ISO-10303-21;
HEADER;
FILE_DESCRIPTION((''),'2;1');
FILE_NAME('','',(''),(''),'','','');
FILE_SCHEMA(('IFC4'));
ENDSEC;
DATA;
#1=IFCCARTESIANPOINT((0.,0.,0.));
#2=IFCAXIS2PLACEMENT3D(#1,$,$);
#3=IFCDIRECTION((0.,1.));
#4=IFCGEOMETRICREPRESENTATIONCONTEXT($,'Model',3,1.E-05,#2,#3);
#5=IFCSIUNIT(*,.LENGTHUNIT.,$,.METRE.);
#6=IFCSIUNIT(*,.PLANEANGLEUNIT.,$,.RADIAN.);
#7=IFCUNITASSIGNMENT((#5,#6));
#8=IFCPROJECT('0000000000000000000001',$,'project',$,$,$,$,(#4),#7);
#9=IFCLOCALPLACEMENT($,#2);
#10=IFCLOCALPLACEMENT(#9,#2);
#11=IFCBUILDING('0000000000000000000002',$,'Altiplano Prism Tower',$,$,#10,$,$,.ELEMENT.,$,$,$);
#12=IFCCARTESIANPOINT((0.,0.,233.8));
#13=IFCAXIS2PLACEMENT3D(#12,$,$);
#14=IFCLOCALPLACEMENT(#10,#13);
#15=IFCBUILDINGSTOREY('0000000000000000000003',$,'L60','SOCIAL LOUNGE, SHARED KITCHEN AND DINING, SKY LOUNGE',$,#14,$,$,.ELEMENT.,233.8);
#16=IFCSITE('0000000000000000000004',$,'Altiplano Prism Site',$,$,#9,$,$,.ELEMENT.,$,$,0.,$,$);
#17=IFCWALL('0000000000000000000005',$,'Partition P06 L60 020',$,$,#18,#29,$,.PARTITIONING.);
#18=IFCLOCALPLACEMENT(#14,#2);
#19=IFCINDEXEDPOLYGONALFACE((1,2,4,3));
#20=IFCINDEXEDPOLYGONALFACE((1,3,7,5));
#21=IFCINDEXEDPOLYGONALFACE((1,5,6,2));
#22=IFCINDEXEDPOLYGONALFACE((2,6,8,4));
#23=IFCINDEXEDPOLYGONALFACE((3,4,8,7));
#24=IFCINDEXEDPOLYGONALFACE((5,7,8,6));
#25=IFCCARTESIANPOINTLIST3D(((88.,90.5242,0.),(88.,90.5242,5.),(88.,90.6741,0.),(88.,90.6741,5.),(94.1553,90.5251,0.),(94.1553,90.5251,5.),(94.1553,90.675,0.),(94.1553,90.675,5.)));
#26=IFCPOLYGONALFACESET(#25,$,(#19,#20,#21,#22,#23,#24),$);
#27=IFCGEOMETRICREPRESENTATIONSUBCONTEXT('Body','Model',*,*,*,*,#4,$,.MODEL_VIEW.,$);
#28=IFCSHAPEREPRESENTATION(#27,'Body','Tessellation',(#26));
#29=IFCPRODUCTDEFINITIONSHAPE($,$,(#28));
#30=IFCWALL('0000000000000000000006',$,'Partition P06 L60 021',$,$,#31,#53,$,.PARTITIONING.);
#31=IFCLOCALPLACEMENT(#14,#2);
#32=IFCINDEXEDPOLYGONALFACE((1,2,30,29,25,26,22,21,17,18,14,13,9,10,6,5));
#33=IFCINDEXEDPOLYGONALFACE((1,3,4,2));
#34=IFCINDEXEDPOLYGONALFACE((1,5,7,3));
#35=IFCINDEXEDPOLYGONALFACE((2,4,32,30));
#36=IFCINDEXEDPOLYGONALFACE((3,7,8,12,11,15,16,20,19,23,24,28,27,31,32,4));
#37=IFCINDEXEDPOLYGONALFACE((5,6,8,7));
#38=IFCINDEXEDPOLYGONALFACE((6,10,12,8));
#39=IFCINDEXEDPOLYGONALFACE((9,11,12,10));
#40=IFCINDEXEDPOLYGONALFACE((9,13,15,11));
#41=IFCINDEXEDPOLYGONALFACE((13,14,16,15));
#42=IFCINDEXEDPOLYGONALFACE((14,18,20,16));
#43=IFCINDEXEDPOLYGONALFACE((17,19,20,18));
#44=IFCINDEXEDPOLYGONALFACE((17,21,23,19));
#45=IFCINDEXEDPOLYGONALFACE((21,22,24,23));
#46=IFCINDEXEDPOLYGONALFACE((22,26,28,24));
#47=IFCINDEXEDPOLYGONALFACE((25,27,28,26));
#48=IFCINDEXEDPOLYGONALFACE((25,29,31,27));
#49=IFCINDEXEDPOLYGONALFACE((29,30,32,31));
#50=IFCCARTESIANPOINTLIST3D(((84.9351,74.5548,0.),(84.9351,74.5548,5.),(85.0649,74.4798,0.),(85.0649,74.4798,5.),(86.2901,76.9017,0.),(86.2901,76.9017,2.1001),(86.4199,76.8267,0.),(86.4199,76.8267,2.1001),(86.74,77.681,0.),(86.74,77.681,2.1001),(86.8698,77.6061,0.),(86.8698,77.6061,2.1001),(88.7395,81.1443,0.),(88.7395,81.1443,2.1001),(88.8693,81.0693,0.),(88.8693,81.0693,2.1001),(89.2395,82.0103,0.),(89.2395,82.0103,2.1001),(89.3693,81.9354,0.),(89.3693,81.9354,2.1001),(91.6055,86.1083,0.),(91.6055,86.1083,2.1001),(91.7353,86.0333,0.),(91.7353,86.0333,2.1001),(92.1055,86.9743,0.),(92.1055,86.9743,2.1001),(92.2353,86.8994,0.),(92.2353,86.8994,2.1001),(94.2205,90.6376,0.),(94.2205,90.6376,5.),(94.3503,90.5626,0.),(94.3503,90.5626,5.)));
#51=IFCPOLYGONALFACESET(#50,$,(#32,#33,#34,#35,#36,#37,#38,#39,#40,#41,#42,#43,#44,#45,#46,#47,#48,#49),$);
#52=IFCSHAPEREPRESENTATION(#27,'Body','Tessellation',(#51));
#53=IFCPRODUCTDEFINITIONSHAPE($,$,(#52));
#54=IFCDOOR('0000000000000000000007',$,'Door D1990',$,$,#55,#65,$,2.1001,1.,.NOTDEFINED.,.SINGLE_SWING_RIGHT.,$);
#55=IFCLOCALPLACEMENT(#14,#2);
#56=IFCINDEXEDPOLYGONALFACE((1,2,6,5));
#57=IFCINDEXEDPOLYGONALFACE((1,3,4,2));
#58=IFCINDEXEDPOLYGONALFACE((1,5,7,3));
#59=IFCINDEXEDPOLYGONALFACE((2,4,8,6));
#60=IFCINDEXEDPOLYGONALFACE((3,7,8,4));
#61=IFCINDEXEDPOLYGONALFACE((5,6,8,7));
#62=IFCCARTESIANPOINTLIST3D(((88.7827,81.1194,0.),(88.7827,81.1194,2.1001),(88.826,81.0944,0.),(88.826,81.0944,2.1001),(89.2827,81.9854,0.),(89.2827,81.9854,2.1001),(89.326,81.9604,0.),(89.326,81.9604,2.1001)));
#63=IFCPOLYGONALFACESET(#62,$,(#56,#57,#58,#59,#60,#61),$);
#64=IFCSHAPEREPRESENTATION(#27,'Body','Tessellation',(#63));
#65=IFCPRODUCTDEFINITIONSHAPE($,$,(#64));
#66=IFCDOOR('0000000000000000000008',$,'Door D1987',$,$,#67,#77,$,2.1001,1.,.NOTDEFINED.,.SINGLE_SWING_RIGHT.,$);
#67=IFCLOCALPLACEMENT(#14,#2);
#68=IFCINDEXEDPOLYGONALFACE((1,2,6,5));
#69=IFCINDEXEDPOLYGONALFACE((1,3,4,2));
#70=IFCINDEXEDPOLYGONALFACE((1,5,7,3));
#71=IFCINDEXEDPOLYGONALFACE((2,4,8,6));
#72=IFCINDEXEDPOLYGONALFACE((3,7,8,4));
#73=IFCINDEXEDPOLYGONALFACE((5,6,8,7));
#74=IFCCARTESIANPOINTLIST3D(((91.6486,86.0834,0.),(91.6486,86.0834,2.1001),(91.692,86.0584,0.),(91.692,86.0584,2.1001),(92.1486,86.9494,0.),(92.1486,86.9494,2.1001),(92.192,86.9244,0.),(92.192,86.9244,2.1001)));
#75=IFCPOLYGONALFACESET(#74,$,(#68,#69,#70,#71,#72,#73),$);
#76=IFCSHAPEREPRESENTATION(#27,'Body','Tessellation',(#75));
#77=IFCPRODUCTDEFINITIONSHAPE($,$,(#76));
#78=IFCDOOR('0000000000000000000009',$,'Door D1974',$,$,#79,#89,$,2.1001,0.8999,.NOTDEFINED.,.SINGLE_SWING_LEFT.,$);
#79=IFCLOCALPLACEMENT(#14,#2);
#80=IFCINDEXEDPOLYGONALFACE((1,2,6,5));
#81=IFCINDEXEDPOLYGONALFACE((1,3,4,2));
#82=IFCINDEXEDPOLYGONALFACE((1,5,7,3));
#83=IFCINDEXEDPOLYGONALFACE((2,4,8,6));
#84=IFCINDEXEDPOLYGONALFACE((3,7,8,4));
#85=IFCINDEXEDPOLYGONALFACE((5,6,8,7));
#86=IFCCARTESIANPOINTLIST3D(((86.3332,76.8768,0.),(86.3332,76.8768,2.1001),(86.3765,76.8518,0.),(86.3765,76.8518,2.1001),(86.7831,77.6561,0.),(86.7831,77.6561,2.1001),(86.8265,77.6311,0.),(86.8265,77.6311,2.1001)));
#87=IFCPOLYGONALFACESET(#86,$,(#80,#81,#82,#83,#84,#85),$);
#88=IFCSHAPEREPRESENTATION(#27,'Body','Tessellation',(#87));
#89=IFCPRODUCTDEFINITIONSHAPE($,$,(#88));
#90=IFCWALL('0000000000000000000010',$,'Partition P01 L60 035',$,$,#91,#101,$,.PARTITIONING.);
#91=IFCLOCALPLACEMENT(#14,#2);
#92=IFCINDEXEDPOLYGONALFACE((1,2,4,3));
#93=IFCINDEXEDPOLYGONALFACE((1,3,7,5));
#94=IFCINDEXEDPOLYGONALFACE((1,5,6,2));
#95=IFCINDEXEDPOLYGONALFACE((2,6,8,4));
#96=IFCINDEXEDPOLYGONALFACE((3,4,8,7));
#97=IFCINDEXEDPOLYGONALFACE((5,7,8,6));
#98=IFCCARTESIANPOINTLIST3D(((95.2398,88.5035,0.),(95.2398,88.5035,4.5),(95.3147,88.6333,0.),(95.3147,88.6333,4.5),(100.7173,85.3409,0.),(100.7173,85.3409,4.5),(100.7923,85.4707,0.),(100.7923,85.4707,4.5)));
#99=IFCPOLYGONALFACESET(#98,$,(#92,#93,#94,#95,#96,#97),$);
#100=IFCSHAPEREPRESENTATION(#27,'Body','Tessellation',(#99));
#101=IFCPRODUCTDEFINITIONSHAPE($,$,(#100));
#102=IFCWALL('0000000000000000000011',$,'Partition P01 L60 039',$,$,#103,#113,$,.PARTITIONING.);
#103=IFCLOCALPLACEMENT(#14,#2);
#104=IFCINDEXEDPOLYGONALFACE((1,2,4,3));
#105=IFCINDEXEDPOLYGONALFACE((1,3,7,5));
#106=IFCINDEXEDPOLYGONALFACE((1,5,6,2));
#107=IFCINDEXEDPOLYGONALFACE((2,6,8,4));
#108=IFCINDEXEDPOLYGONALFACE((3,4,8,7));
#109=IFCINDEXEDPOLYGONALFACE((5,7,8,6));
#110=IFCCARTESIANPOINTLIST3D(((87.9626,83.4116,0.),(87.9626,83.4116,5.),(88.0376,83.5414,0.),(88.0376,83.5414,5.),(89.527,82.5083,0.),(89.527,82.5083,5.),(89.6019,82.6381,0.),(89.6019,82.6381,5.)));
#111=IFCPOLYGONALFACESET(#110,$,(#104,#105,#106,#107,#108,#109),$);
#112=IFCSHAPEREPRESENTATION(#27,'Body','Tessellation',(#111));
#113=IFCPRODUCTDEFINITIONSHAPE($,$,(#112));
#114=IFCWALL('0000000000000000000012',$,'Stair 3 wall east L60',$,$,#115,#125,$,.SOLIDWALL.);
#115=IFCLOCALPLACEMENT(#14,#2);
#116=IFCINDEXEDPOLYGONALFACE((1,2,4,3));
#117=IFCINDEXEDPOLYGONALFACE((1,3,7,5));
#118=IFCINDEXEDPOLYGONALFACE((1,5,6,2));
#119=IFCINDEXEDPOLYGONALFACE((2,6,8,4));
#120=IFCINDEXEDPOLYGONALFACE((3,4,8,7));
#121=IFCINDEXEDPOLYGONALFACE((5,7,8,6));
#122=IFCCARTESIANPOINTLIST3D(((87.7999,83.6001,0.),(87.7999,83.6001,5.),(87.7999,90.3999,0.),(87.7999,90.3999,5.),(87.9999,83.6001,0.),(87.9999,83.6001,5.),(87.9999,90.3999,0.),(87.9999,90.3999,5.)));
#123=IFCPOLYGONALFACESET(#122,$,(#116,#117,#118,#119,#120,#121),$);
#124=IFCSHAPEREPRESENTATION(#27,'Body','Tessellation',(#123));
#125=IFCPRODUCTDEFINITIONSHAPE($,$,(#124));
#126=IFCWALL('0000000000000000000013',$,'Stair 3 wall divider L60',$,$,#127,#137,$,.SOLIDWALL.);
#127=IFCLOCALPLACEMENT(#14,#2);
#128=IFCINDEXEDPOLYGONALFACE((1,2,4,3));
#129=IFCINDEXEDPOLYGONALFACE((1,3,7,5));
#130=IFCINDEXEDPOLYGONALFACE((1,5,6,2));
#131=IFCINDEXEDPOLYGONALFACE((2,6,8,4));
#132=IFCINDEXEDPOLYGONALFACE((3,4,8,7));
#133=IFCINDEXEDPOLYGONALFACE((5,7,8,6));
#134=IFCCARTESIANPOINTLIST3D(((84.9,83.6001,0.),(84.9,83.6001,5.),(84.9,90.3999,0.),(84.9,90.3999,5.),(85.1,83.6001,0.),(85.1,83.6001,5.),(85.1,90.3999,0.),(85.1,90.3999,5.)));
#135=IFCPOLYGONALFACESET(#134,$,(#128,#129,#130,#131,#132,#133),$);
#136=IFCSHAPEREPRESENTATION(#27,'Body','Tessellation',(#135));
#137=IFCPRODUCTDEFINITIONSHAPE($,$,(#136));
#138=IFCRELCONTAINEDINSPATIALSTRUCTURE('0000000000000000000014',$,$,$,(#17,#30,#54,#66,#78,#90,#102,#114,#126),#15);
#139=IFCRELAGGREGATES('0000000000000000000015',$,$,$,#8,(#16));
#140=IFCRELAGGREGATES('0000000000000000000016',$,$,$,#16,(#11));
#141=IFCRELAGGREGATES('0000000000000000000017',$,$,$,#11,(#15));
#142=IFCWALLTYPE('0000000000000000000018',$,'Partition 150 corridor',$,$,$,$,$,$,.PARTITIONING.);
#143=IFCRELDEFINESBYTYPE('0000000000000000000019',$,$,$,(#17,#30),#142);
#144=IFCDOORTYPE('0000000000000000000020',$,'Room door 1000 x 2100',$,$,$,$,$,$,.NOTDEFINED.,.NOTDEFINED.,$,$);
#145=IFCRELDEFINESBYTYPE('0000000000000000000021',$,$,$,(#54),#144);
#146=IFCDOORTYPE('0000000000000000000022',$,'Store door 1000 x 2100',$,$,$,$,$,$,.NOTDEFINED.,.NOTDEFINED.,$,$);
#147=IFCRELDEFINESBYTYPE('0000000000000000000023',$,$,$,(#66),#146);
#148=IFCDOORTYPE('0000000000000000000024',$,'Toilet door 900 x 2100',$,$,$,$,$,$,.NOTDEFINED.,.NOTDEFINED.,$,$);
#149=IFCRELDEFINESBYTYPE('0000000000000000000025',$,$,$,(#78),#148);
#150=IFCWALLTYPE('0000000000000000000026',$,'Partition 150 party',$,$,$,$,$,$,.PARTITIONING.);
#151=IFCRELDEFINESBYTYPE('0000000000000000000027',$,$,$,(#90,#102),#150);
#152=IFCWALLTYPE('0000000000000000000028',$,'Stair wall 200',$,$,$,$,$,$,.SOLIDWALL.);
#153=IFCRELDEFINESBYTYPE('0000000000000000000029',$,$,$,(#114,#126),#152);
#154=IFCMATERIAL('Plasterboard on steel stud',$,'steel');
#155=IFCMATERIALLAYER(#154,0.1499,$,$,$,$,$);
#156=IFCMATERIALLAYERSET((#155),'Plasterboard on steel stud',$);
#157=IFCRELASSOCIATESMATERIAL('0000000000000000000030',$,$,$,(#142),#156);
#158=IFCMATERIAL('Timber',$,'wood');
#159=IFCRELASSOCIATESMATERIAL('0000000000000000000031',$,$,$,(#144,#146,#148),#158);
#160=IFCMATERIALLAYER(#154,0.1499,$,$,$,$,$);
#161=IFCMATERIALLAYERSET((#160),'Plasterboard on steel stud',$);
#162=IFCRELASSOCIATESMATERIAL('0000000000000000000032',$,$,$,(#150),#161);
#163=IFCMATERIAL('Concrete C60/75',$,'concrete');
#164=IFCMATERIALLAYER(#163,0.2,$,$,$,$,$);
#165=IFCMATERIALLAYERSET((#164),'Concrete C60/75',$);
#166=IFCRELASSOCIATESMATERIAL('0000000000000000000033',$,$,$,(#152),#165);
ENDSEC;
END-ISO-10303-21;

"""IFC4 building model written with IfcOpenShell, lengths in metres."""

from ifc_helpers import new_model, si_unit, direction, frame, frame_2d, origin, place, context, subcontext, project, spatial, rectangle, extrude, material, layer, layer_set, type_object, element, fill, save


model = new_model("IFC4")

# Units and contexts
model_context = context("Model", 3, precision=1e-05, world=origin(), true_north=direction((0.0, 1.0)))
body_context = subcontext(model_context, "Body", "Model", "MODEL_VIEW")
ifc_project = project(units=[si_unit("LENGTHUNIT", "METRE"), si_unit("PLANEANGLEUNIT", "RADIAN")], contexts=[model_context])

# Site, building, storey
site_placement = place(None, origin())
site = spatial("IfcSite", under=ifc_project, at=site_placement, Name="Altiplano Prism Site", CompositionType="ELEMENT", RefElevation=0.0)
building_placement = place(site_placement, origin())
building = spatial("IfcBuilding", under=site, at=building_placement, Name="Altiplano Prism Tower", CompositionType="ELEMENT")
storey_placement = place(building_placement, frame((0.0, 0.0, 233.8)))
storey = spatial("IfcBuildingStorey", under=building, at=storey_placement, Name="L60", Description="SOCIAL LOUNGE, SHARED KITCHEN AND DINING, SKY LOUNGE", CompositionType="ELEMENT", Elevation=233.8)

# Shared definitions
ifc_material_1 = material(Name="Concrete C60/75", Category="concrete")

# Wall
ifc_material_2 = material(Name="Plasterboard on steel stud", Category="steel")
ifc_layer_1 = layer(ifc_material_2, 0.1499)
ifc_layer_set_1 = layer_set([ifc_layer_1], Name="Plasterboard on steel stud")
wall_type_1 = type_object("IfcWallType", Name="Partition 150 corridor", PredefinedType="PARTITIONING", material=ifc_layer_set_1)
wall_1_placement = place(storey_placement, frame((88.0, 90.5991, 0.0), z_axis=(0.0, 0.0, 1.0), x_axis=(1.0, 0.000159, 0.0)))
element("IfcWall", 1, at=wall_1_placement, inside=storey, type_object=wall_type_1, Name="Partition P06 L60 020", PredefinedType="PARTITIONING", context=body_context, shape_type="SweptSolid", body=[
    extrude(rectangle(XDim=6.1553, YDim=0.1499, at=frame_2d((3.0776, 0.0))), origin(), (0.0, 0.0, 1.0), 5.0),
])

# Wall, openings, doors
wall_2_placement = place(storey_placement, frame((94.2854, 90.6001, 0.0), z_axis=(0.0, 0.0, 1.0), x_axis=(-0.500001, -0.866025, 0.0)))
wall_2 = element("IfcWall", 2, at=wall_2_placement, inside=storey, type_object=wall_type_1, Name="Partition P06 L60 021", PredefinedType="PARTITIONING", context=body_context, shape_type="SweptSolid", body=[
    extrude(rectangle(XDim=18.5708, YDim=0.1499, at=frame_2d((9.2854, 0.0))), origin(), (0.0, 0.0, 1.0), 5.0),
])
opening_1_placement = place(wall_2_placement, frame((14.9609, 0.0, 0.0)))
opening_1 = element("IfcOpeningElement", 3, at=opening_1_placement, cuts=wall_2, PredefinedType="OPENING", context=body_context, shape_type="SweptSolid", body=[
    extrude(rectangle(XDim=0.8999, YDim=2.1001, at=frame_2d((0.45, 1.05))), frame((0.0, 0.0854, 0.0), z_axis=(0.0, -1.0, 0.0), x_axis=(1.0, 0.0, 0.0)), (0.0, 0.0, 1.0), 0.1709),
])
opening_2_placement = place(wall_2_placement, frame((4.23, 0.0, 0.0)))
opening_2 = element("IfcOpeningElement", 4, at=opening_2_placement, cuts=wall_2, PredefinedType="OPENING", context=body_context, shape_type="SweptSolid", body=[
    extrude(rectangle(XDim=1.0, YDim=2.1001, at=frame_2d((0.5, 1.05))), frame((0.0, 0.0854, 0.0), z_axis=(0.0, -1.0, 0.0), x_axis=(1.0, 0.0, 0.0)), (0.0, 0.0, 1.0), 0.1709),
])
opening_3_placement = place(wall_2_placement, frame((9.9619, 0.0, 0.0)))
opening_3 = element("IfcOpeningElement", 5, at=opening_3_placement, cuts=wall_2, PredefinedType="OPENING", context=body_context, shape_type="SweptSolid", body=[
    extrude(rectangle(XDim=1.0, YDim=2.1001, at=frame_2d((0.5, 1.05))), frame((0.0, 0.0854, 0.0), z_axis=(0.0, -1.0, 0.0), x_axis=(1.0, 0.0, 0.0)), (0.0, 0.0, 1.0), 0.1709),
])
ifc_material_3 = material(Name="Timber", Category="wood")
door_type_1 = type_object("IfcDoorType", Name="Room door 1000 x 2100", OperationType="NOTDEFINED", PredefinedType="NOTDEFINED", material=ifc_material_3)
door_1_placement = place(opening_3_placement, origin())
door_1 = element("IfcDoor", 6, at=door_1_placement, inside=storey, type_object=door_type_1, Name="Door D1990", OperationType="SINGLE_SWING_RIGHT", OverallHeight=2.1001, OverallWidth=1.0, PredefinedType="NOTDEFINED", context=body_context, shape_type="SweptSolid", body=[
    extrude(rectangle(XDim=1.0, YDim=2.1001, at=frame_2d((0.5, 1.05))), frame((0.0, 0.0249, 0.0), z_axis=(0.0, -1.0, 0.0), x_axis=(1.0, 0.0, 0.0)), (0.0, 0.0, 1.0), 0.05),
])
fill(opening_3, door_1)
door_type_2 = type_object("IfcDoorType", Name="Store door 1000 x 2100", OperationType="NOTDEFINED", PredefinedType="NOTDEFINED", material=ifc_material_3)
door_2_placement = place(opening_2_placement, origin())
door_2 = element("IfcDoor", 7, at=door_2_placement, inside=storey, type_object=door_type_2, Name="Door D1987", OperationType="SINGLE_SWING_RIGHT", OverallHeight=2.1001, OverallWidth=1.0, PredefinedType="NOTDEFINED", context=body_context, shape_type="SweptSolid", body=[
    extrude(rectangle(XDim=1.0, YDim=2.1001, at=frame_2d((0.5, 1.05))), frame((0.0, 0.0249, 0.0), z_axis=(0.0, -1.0, 0.0), x_axis=(1.0, 0.0, 0.0)), (0.0, 0.0, 1.0), 0.05),
])
fill(opening_2, door_2)
door_type_3 = type_object("IfcDoorType", Name="Toilet door 900 x 2100", OperationType="NOTDEFINED", PredefinedType="NOTDEFINED", material=ifc_material_3)
door_3_placement = place(opening_1_placement, origin())
door_3 = element("IfcDoor", 8, at=door_3_placement, inside=storey, type_object=door_type_3, Name="Door D1974", OperationType="SINGLE_SWING_LEFT", OverallHeight=2.1001, OverallWidth=0.8999, PredefinedType="NOTDEFINED", context=body_context, shape_type="SweptSolid", body=[
    extrude(rectangle(XDim=0.8999, YDim=2.1001, at=frame_2d((0.45, 1.05))), frame((0.0, 0.0249, 0.0), z_axis=(0.0, -1.0, 0.0), x_axis=(1.0, 0.0, 0.0)), (0.0, 0.0, 1.0), 0.05),
])
fill(opening_1, door_3)

# Walls
ifc_layer_2 = layer(ifc_material_2, 0.1499)
ifc_layer_set_2 = layer_set([ifc_layer_2], Name="Plasterboard on steel stud")
wall_type_2 = type_object("IfcWallType", Name="Partition 150 party", PredefinedType="PARTITIONING", material=ifc_layer_set_2)
wall_3_placement = place(storey_placement, frame((100.7549, 85.4058, 0.0), z_axis=(0.0, 0.0, 1.0), x_axis=(-0.866016, 0.500016, 0.0)))
element("IfcWall", 9, at=wall_3_placement, inside=storey, type_object=wall_type_2, Name="Partition P01 L60 035", PredefinedType="PARTITIONING", context=body_context, shape_type="SweptSolid", body=[
    extrude(rectangle(XDim=6.325, YDim=0.1499, at=frame_2d((3.1626, 0.0))), origin(), (0.0, 0.0, 1.0), 4.5),
])
wall_4_placement = place(storey_placement, frame((88.0, 83.4766, 0.0), z_axis=(0.0, 0.0, 1.0), x_axis=(0.866006, -0.500034, 0.0)))
element("IfcWall", 10, at=wall_4_placement, inside=storey, type_object=wall_type_2, Name="Partition P01 L60 039", PredefinedType="PARTITIONING", context=body_context, shape_type="SweptSolid", body=[
    extrude(rectangle(XDim=1.8064, YDim=0.1499, at=frame_2d((0.9033, 0.0))), origin(), (0.0, 0.0, 1.0), 5.0),
])
ifc_layer_3 = layer(ifc_material_1, 0.2)
ifc_layer_set_3 = layer_set([ifc_layer_3], Name="Concrete C60/75")
wall_type_3 = type_object("IfcWallType", Name="Stair wall 200", PredefinedType="SOLIDWALL", material=ifc_layer_set_3)
for number, where, z_axis, x_axis, name in (
    (11, (87.8999, 83.6001, 0.0), (0.0, 0.0, 1.0), (0.0, 1.0, 0.0), "Stair 3 wall east L60"),
    (12, (85.0, 83.6001, 0.0), (0.0, 0.0, 1.0), (0.0, 1.0, 0.0), "Stair 3 wall divider L60"),
):
    element("IfcWall", number, at=place(storey_placement, frame(where, z_axis=z_axis, x_axis=x_axis)), inside=storey, type_object=wall_type_3, Name=name, PredefinedType="SOLIDWALL", context=body_context, shape_type="SweptSolid", body=[
        extrude(rectangle(XDim=6.7998, YDim=0.2, at=frame_2d((3.3999, 0.0))), origin(), (0.0, 0.0, 1.0), 5.0),
    ])

save(model, "model.ifc")
